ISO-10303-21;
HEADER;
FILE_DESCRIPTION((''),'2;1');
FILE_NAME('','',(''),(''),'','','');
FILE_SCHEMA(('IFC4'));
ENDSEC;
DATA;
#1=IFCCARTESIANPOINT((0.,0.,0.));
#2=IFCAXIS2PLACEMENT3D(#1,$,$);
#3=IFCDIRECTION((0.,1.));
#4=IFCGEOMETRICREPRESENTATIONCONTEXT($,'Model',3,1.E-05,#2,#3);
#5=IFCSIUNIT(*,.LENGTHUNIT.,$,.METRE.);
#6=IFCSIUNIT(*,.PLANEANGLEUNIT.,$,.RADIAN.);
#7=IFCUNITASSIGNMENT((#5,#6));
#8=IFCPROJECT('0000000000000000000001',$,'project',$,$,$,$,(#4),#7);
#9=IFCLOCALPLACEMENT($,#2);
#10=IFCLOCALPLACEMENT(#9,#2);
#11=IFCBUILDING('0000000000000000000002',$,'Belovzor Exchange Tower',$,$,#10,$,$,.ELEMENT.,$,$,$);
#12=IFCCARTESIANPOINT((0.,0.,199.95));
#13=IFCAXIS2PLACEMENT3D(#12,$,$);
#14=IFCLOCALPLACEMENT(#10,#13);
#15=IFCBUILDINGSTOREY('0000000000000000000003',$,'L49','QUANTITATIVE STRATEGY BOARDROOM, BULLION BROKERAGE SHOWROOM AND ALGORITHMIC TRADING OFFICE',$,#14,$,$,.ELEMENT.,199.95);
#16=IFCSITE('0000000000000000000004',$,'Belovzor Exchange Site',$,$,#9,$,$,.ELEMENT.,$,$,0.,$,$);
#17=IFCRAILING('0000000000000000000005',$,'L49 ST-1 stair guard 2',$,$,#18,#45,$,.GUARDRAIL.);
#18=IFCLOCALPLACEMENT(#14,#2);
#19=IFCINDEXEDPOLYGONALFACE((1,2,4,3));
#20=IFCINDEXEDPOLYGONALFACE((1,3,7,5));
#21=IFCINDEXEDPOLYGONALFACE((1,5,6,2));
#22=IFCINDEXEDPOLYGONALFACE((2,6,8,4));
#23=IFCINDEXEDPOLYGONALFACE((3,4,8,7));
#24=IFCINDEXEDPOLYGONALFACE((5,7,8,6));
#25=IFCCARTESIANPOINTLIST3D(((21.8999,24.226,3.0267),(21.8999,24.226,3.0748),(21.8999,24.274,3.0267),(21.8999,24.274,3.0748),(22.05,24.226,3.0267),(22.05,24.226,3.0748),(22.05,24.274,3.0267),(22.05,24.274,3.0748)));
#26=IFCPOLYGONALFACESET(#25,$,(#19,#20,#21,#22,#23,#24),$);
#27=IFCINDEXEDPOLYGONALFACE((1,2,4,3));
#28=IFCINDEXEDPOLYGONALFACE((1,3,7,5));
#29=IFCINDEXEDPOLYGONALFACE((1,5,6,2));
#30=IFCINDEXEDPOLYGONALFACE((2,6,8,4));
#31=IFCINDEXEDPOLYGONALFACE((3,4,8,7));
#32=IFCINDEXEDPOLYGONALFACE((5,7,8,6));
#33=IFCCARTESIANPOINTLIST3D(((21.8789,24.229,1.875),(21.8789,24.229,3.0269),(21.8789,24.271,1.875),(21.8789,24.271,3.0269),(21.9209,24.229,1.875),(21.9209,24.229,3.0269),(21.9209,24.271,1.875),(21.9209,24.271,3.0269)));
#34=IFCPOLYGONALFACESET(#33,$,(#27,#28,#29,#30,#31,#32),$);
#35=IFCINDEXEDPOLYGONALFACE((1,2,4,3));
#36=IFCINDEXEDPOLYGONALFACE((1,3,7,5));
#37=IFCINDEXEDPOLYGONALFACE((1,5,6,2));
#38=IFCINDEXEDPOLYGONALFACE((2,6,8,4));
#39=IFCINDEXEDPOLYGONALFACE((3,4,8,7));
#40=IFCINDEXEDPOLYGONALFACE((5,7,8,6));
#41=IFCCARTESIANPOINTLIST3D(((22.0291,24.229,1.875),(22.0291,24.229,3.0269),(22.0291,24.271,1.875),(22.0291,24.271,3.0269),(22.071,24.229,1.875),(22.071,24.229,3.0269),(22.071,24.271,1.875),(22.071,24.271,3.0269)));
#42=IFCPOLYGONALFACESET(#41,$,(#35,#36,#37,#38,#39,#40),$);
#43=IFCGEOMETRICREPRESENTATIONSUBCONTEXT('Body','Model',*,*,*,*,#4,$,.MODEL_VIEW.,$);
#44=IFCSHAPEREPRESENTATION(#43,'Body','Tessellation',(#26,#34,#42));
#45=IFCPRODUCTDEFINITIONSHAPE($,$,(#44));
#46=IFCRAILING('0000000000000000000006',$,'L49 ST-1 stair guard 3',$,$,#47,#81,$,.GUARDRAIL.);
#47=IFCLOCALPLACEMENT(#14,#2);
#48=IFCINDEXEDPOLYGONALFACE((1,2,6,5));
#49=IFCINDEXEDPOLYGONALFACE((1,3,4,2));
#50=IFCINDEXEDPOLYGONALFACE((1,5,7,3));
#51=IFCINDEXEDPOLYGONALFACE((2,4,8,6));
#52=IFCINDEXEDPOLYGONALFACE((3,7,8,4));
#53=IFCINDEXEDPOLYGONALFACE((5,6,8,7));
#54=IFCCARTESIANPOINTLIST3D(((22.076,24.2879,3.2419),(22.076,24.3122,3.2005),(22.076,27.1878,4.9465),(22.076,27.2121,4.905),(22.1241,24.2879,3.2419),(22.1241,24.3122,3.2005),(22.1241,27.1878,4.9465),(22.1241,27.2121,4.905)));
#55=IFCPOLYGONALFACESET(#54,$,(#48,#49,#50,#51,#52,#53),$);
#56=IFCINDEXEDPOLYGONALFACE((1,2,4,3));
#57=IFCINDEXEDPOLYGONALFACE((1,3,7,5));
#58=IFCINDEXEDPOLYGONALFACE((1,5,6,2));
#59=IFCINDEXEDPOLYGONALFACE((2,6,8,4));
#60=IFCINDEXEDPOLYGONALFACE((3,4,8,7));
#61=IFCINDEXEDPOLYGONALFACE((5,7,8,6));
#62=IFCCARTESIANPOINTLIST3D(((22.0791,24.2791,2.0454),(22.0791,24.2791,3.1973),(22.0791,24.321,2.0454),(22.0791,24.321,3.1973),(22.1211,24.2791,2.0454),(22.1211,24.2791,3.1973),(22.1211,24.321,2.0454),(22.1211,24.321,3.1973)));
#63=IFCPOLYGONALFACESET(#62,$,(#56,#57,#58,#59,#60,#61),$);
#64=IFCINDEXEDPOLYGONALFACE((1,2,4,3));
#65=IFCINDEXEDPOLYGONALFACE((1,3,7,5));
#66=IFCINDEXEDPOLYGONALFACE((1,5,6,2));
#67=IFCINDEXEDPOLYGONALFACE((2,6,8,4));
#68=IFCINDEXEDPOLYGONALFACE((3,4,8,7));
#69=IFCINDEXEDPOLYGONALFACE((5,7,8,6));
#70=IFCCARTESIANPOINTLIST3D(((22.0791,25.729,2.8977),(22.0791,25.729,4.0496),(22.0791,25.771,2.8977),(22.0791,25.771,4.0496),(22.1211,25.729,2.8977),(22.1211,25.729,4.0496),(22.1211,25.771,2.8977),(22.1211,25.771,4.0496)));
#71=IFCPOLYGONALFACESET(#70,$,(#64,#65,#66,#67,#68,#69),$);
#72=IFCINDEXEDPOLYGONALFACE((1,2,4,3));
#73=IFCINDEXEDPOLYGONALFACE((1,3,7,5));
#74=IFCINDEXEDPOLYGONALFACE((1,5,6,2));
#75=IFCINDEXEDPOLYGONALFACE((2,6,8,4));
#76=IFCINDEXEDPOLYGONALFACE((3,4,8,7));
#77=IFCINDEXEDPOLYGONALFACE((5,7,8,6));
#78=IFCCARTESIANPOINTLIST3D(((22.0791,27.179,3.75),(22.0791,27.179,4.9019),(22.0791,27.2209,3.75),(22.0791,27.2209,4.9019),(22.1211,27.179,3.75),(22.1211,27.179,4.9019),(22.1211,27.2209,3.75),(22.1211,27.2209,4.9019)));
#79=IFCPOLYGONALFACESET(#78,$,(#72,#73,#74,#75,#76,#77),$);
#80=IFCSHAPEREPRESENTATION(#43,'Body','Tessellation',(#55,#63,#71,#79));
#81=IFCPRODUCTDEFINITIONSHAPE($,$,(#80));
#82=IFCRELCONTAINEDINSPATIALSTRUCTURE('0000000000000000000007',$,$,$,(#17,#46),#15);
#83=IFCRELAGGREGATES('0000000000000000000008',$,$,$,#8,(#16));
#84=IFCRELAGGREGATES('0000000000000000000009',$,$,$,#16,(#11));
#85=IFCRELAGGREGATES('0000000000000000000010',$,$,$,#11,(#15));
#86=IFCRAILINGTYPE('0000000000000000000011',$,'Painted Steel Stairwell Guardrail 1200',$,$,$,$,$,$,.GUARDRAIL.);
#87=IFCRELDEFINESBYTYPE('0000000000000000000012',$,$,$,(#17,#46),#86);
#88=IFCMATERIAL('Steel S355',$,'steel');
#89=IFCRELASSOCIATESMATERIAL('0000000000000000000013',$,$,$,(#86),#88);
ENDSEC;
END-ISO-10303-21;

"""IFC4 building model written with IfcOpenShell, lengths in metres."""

from ifc_helpers import new_model, si_unit, direction, frame, origin, origin_2d, place, context, subcontext, project, spatial, rectangle, extrude, material, type_object, element, save


model = new_model("IFC4")

# Units and contexts
model_context = context("Model", 3, precision=1e-05, world=origin(), true_north=direction((0.0, 1.0)))
body_context = subcontext(model_context, "Body", "Model", "MODEL_VIEW")
ifc_project = project(units=[si_unit("LENGTHUNIT", "METRE"), si_unit("PLANEANGLEUNIT", "RADIAN")], contexts=[model_context])

# Site, building, storey
site_placement = place(None, origin())
site = spatial("IfcSite", under=ifc_project, at=site_placement, Name="Belovzor Exchange Site", CompositionType="ELEMENT", RefElevation=0.0)
building_placement = place(site_placement, origin())
building = spatial("IfcBuilding", under=site, at=building_placement, Name="Belovzor Exchange Tower", CompositionType="ELEMENT")
storey_placement = place(building_placement, frame((0.0, 0.0, 199.95)))
storey = spatial("IfcBuildingStorey", under=building, at=storey_placement, Name="L49", Description="QUANTITATIVE STRATEGY BOARDROOM, BULLION BROKERAGE SHOWROOM AND ALGORITHMIC TRADING OFFICE", CompositionType="ELEMENT", Elevation=199.95)

# Railings
ifc_material_1 = material(Name="Steel S355", Category="steel")
railing_type_1 = type_object("IfcRailingType", Name="Painted Steel Stairwell Guardrail 1200", PredefinedType="GUARDRAIL", material=ifc_material_1)
railing_1_placement = place(storey_placement, frame((21.8999, 24.25, 1.875)))
element("IfcRailing", 1, at=railing_1_placement, inside=storey, type_object=railing_type_1, Name="L49 ST-1 stair guard 2", PredefinedType="GUARDRAIL", context=body_context, shape_type="SweptSolid", body=[
    extrude(rectangle(XDim=0.0481, YDim=0.0481, at=origin_2d()), frame((0.0, 0.0, 1.1758), z_axis=(1.0, 0.0, 0.0), x_axis=(0.0, 1.0, 0.0)), (0.0, 0.0, 1.0), 0.1501),
    extrude(rectangle(XDim=0.042, YDim=0.042, at=origin_2d()), origin(), (0.0, 0.0, 1.0), 1.1519),
    extrude(rectangle(XDim=0.042, YDim=0.042, at=origin_2d()), frame((0.1501, 0.0, 0.0)), (0.0, 0.0, 1.0), 1.1519),
])
railing_2_placement = place(storey_placement, frame((22.1001, 24.3, 2.0454)))
element("IfcRailing", 2, at=railing_2_placement, inside=storey, type_object=railing_type_1, Name="L49 ST-1 stair guard 3", PredefinedType="GUARDRAIL", context=body_context, shape_type="SweptSolid", body=[
    extrude(rectangle(XDim=0.0481, YDim=0.0481, at=origin_2d()), frame((0.0, 0.0, 1.1758), z_axis=(0.0, 0.862095, 0.506747), x_axis=(-1.0, 0.0, 0.0)), (0.0, 0.0, 1.0), 3.3638),
    extrude(rectangle(XDim=0.042, YDim=0.042, at=origin_2d()), origin(), (0.0, 0.0, 1.0), 1.1519),
    extrude(rectangle(XDim=0.042, YDim=0.042, at=origin_2d()), frame((0.0, 1.45, 0.8523)), (0.0, 0.0, 1.0), 1.1519),
    extrude(rectangle(XDim=0.042, YDim=0.042, at=origin_2d()), frame((0.0, 2.8999, 1.7046)), (0.0, 0.0, 1.0), 1.1519),
])

save(model, "model.ifc")
